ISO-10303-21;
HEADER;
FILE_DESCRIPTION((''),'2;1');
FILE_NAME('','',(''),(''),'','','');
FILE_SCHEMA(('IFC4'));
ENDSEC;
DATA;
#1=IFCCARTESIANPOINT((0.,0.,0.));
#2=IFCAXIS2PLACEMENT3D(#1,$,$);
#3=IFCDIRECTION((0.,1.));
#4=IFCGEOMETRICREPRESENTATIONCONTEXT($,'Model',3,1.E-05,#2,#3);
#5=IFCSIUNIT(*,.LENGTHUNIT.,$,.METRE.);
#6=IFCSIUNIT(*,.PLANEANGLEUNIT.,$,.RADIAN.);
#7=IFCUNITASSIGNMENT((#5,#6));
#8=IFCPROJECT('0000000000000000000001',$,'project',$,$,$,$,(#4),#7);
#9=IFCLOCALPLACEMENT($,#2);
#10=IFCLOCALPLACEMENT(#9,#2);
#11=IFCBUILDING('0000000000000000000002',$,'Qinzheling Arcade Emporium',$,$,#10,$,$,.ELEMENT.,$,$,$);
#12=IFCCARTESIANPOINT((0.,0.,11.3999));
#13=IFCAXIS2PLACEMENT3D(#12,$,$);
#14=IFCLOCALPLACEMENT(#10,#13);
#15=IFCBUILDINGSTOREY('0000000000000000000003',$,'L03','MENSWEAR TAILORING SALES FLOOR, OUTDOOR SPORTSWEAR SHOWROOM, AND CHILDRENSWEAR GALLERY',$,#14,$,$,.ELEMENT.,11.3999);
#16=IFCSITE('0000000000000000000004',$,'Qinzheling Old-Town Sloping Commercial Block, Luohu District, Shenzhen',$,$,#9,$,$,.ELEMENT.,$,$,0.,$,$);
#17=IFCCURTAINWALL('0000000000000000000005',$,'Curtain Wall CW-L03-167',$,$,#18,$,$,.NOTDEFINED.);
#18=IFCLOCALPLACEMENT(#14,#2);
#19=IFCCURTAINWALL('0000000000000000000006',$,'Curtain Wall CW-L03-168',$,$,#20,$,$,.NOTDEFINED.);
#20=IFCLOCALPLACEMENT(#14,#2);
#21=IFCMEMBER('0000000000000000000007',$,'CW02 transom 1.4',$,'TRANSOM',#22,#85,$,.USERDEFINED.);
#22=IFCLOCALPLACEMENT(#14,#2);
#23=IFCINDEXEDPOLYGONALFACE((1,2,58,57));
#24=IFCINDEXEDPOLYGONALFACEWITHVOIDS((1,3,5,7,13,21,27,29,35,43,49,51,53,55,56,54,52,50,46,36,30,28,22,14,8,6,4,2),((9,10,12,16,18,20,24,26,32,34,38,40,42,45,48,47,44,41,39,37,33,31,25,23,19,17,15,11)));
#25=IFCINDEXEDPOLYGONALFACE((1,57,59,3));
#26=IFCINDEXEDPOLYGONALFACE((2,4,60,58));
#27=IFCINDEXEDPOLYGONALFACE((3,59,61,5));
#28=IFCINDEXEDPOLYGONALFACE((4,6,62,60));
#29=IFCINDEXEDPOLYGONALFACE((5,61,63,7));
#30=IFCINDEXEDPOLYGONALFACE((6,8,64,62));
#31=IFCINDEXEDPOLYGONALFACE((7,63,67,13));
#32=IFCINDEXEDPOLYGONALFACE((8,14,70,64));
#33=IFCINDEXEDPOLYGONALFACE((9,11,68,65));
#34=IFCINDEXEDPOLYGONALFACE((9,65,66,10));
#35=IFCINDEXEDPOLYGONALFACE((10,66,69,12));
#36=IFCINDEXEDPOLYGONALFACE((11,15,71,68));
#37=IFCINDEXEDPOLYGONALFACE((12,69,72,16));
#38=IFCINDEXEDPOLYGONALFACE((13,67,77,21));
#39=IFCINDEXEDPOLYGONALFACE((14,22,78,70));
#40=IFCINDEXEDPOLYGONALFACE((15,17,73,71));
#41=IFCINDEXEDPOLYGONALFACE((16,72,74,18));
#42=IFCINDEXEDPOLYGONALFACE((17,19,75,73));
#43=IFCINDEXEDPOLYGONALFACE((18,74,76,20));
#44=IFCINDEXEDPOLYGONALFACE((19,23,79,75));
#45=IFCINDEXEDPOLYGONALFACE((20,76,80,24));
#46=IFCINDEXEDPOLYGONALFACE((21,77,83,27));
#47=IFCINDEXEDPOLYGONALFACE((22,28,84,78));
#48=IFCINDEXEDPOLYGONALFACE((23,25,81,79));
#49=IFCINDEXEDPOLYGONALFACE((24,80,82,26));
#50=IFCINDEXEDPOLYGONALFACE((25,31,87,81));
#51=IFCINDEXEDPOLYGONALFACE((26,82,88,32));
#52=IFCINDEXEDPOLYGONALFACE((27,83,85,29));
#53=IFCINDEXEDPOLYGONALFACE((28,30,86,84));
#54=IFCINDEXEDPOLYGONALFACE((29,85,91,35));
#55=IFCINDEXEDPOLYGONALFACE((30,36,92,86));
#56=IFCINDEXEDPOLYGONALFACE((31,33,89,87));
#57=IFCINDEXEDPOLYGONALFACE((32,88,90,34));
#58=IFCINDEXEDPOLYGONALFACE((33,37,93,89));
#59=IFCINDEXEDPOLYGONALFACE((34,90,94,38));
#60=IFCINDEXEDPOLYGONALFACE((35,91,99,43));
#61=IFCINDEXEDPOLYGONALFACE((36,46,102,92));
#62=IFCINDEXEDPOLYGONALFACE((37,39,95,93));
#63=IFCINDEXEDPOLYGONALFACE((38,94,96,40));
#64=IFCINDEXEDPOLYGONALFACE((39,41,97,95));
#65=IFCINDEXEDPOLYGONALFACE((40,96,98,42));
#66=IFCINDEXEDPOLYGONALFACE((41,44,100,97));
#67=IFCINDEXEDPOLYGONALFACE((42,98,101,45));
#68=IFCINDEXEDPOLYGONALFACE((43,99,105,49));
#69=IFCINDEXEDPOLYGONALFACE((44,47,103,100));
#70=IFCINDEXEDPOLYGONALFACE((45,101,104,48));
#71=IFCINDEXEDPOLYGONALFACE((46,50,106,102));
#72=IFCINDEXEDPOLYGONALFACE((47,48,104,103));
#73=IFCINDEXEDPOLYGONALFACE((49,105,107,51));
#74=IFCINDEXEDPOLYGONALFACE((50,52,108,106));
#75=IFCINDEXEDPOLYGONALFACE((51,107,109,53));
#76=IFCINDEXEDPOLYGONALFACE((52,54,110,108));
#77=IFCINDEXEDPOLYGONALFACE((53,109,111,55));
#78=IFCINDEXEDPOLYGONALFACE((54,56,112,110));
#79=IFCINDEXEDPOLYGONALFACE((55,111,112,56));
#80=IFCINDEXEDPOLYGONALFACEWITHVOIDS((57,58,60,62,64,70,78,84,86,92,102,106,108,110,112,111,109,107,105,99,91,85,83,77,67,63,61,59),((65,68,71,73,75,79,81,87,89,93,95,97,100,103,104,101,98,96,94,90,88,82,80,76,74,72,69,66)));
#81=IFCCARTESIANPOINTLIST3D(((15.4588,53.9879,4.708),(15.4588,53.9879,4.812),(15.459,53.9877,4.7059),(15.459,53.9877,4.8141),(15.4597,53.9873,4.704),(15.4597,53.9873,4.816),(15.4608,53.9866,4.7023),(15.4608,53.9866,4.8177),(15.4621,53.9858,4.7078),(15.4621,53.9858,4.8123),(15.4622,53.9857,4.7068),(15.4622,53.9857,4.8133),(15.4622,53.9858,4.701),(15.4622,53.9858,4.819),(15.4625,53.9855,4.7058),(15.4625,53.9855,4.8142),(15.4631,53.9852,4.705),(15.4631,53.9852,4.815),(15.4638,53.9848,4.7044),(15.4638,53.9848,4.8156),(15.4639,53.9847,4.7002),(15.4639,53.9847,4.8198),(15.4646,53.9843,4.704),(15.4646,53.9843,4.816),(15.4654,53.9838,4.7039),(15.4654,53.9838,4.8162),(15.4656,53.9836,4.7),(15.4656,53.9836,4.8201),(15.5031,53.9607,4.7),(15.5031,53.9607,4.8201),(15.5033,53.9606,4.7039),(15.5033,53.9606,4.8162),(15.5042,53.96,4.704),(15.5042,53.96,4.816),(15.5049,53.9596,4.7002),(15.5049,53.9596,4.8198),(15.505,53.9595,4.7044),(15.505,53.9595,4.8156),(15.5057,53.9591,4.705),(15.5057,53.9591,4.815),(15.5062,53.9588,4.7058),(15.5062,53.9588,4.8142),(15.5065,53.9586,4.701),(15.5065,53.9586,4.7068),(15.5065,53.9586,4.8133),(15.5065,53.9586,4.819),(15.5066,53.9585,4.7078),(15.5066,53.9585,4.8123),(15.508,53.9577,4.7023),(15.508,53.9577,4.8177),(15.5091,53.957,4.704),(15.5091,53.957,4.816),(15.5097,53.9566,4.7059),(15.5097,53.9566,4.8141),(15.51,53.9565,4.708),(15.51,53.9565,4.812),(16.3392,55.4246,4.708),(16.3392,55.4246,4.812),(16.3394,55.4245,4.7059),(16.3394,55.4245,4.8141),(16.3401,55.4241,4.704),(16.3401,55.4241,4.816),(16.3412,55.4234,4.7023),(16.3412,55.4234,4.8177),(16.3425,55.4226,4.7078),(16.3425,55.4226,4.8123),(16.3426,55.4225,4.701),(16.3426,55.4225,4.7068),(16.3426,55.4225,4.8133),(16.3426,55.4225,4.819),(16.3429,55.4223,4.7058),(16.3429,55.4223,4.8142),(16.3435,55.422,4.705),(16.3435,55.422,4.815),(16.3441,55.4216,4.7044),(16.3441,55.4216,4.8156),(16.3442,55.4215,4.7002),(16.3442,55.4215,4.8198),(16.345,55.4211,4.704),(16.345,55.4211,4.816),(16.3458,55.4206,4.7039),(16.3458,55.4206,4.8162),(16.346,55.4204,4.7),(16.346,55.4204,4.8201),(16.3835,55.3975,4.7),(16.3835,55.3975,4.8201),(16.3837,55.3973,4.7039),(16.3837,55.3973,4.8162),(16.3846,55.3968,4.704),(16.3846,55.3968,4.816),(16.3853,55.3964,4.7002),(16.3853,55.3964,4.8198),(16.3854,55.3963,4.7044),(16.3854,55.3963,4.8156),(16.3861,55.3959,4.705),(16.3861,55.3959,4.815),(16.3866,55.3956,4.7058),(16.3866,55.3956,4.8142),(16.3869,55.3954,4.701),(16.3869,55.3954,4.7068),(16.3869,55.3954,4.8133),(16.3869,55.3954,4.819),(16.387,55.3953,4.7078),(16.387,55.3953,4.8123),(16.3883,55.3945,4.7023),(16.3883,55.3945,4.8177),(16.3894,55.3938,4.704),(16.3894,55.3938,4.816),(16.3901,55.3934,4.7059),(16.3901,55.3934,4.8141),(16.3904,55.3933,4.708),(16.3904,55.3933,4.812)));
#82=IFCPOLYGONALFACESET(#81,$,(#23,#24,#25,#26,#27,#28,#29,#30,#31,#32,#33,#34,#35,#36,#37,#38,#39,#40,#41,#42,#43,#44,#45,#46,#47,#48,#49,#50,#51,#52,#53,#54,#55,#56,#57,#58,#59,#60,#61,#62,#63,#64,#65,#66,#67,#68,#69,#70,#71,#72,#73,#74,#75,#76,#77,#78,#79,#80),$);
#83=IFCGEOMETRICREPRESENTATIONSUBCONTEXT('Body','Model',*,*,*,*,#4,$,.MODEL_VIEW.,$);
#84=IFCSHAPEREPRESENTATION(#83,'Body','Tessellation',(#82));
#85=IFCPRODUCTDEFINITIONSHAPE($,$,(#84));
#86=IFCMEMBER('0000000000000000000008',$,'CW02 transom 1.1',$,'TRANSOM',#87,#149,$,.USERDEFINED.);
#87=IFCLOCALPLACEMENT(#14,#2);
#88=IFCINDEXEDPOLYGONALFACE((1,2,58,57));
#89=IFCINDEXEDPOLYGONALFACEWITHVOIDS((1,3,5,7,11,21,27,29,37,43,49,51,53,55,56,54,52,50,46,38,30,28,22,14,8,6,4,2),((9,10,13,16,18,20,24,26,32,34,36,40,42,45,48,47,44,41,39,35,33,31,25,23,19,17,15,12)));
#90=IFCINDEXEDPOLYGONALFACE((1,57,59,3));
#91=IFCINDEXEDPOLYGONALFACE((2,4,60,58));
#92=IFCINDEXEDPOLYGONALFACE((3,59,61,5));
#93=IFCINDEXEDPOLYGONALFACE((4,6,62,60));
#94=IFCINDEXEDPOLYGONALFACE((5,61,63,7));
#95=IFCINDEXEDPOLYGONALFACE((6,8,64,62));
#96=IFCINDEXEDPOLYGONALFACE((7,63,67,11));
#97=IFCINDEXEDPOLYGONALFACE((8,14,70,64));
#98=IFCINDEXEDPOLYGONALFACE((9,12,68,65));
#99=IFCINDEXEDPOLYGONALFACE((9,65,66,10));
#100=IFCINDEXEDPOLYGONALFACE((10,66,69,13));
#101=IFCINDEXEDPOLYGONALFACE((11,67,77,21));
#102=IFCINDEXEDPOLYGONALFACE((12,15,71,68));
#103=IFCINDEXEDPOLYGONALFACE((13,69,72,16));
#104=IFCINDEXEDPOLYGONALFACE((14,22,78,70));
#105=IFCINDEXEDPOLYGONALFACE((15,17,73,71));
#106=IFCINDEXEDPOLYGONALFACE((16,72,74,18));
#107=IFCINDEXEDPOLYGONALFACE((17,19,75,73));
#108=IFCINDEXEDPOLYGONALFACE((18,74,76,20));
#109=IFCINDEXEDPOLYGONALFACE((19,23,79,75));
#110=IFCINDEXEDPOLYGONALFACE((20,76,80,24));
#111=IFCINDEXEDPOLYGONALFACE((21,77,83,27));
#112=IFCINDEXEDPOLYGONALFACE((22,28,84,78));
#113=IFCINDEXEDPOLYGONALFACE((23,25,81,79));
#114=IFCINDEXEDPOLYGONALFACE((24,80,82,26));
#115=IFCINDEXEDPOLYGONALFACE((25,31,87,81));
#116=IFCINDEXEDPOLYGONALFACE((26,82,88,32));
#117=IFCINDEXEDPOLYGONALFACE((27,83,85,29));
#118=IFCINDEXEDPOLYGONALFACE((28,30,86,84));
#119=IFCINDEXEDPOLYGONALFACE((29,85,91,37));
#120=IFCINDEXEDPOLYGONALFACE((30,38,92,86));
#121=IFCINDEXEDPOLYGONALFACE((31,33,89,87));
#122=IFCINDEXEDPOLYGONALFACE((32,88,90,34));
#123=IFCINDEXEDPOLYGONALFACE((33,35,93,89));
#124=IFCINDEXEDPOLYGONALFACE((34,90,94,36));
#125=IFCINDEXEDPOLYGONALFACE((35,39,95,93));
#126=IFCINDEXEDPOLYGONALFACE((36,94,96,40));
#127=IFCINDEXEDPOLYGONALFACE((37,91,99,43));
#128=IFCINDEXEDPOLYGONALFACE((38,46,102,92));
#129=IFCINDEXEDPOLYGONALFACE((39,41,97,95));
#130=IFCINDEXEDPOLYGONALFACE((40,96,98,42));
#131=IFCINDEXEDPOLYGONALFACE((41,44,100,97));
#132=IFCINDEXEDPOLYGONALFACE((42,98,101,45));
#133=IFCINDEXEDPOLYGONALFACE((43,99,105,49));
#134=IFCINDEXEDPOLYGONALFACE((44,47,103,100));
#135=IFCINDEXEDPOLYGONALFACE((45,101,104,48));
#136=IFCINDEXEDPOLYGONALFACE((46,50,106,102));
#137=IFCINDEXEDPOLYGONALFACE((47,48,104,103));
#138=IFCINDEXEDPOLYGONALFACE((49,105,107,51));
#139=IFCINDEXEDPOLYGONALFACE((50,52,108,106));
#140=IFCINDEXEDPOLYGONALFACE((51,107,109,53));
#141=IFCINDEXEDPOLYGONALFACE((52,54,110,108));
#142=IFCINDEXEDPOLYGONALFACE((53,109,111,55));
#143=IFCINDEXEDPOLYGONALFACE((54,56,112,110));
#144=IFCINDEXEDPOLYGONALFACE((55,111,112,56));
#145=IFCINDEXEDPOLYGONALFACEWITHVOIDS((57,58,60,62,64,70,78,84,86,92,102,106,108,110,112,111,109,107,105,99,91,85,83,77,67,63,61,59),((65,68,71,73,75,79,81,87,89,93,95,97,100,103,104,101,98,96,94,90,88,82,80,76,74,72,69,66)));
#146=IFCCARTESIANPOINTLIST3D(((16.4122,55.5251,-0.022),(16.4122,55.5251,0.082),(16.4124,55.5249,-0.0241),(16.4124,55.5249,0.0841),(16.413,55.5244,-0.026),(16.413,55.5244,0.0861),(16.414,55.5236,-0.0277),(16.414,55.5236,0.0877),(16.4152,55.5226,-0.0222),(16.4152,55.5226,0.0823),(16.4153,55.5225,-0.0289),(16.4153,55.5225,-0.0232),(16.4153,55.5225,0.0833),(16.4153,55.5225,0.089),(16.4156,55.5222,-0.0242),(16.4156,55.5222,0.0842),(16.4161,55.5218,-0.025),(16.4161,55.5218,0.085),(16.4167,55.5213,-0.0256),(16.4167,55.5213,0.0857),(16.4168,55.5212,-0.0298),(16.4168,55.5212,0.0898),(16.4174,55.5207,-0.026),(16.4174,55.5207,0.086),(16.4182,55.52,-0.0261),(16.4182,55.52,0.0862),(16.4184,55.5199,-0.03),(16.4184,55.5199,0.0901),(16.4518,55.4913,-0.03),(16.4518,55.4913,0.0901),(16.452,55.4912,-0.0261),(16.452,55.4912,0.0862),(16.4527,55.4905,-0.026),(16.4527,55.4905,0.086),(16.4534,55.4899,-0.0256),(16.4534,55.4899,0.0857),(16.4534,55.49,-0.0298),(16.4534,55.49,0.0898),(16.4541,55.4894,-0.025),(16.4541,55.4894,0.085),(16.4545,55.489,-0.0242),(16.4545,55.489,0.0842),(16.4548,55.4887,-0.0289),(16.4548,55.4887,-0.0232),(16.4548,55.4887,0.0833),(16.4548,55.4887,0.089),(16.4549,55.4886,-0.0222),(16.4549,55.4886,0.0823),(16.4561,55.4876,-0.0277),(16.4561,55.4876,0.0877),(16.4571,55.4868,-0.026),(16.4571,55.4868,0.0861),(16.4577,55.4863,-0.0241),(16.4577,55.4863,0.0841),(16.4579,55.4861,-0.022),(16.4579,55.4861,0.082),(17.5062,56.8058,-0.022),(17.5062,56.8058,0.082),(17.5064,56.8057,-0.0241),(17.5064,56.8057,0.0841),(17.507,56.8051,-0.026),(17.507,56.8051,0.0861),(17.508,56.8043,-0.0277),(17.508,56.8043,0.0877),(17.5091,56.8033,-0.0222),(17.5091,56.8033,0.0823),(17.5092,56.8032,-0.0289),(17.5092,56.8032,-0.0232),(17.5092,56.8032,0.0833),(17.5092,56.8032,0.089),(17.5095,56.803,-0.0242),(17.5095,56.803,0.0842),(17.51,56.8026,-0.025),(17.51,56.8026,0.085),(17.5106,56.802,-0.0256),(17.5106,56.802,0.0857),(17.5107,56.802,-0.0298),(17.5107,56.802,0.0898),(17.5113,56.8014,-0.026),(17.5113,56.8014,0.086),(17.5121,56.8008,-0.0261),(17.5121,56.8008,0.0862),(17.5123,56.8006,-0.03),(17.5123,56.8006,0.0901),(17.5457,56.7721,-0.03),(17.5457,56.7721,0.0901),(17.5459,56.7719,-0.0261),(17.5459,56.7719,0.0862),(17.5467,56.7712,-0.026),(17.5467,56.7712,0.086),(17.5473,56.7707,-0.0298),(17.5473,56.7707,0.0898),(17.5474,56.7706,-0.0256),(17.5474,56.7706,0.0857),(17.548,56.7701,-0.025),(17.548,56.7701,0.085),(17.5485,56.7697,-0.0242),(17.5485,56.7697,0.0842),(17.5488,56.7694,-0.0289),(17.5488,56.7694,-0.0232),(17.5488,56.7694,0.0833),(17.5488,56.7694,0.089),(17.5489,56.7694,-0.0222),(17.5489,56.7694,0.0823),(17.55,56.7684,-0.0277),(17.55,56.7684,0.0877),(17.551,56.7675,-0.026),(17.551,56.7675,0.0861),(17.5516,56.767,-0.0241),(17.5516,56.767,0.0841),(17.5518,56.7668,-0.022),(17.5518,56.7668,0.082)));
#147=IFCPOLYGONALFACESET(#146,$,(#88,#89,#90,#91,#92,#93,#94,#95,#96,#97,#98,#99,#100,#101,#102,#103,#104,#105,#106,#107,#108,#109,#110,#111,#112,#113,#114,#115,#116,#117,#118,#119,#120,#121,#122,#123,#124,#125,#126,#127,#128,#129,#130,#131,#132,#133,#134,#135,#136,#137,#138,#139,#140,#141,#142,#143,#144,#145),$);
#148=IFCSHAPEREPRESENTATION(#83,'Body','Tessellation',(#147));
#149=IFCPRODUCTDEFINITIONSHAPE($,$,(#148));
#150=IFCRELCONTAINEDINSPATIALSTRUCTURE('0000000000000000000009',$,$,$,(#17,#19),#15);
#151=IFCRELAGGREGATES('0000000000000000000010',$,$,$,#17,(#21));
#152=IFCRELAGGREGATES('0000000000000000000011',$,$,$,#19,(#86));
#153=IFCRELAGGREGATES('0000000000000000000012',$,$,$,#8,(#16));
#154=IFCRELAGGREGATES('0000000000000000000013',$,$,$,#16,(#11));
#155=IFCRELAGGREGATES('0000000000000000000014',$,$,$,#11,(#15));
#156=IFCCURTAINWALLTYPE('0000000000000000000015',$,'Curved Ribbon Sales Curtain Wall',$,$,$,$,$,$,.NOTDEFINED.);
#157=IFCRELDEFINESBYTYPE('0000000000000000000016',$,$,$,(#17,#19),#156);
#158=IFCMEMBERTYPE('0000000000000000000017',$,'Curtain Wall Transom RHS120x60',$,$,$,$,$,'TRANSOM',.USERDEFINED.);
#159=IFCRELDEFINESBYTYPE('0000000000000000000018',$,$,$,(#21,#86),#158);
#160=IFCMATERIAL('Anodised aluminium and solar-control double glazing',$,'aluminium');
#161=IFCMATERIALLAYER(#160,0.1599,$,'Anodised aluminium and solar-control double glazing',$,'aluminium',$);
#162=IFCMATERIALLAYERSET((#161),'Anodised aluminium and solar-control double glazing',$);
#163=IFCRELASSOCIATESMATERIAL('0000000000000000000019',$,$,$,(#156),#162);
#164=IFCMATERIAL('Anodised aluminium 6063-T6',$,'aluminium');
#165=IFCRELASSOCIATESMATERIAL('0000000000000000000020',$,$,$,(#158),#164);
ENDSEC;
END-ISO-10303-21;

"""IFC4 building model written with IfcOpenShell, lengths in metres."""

from ifc_helpers import new_model, si_unit, direction, frame, origin, origin_2d, place, context, subcontext, project, spatial, hollow_rectangle, extrude, material, layer, layer_set, material_profile, profile_set, type_object, element, aggregate, save


model = new_model("IFC4")

# Units and contexts
model_context = context("Model", 3, precision=1e-05, world=origin(), true_north=direction((0.0, 1.0)))
body_context = subcontext(model_context, "Body", "Model", "MODEL_VIEW")
ifc_project = project(units=[si_unit("LENGTHUNIT", "METRE"), si_unit("PLANEANGLEUNIT", "RADIAN")], contexts=[model_context])

# Site, building, storey
site_placement = place(None, origin())
site = spatial("IfcSite", under=ifc_project, at=site_placement, Name="Qinzheling Old-Town Sloping Commercial Block, Luohu District, Shenzhen", CompositionType="ELEMENT", RefElevation=0.0)
building_placement = place(site_placement, origin())
building = spatial("IfcBuilding", under=site, at=building_placement, Name="Qinzheling Arcade Emporium", CompositionType="ELEMENT")
storey_placement = place(building_placement, frame((0.0, 0.0, 11.3999)))
storey = spatial("IfcBuildingStorey", under=building, at=storey_placement, Name="L03", Description="MENSWEAR TAILORING SALES FLOOR, OUTDOOR SPORTSWEAR SHOWROOM, AND CHILDRENSWEAR GALLERY", CompositionType="ELEMENT", Elevation=11.3999)

# Shared definitions
ifc_material_1 = material(Name="Anodised aluminium and solar-control double glazing", Category="aluminium")
ifc_layer_1 = layer(ifc_material_1, 0.1599, Name="Anodised aluminium and solar-control double glazing", Category="aluminium")
ifc_layer_set_1 = layer_set([ifc_layer_1], Name="Anodised aluminium and solar-control double glazing")
curtain_wall_type = type_object("IfcCurtainWallType", Name="Curved Ribbon Sales Curtain Wall", PredefinedType="NOTDEFINED", material=ifc_layer_set_1)
ifc_material_2 = material(Name="Anodised aluminium 6063-T6", Category="aluminium")

# Curtain walls
curtain_wall_1_placement = place(storey_placement, origin())
curtain_wall_1 = element("IfcCurtainWall", 1, at=curtain_wall_1_placement, inside=storey, type_object=curtain_wall_type, Name="Curtain Wall CW-L03-167", PredefinedType="NOTDEFINED")
curtain_wall_2_placement = place(storey_placement, origin())
curtain_wall_2 = element("IfcCurtainWall", 2, at=curtain_wall_2_placement, inside=storey, type_object=curtain_wall_type, Name="Curtain Wall CW-L03-168", PredefinedType="NOTDEFINED")

# Members
ifc_material_profile_1 = material_profile(ifc_material_2, hollow_rectangle(XDim=0.0601, YDim=0.1201, WallThickness=0.0039, InnerFilletRadius=0.0039, OuterFilletRadius=0.0081, at=origin_2d()), Name="RHS 120x60x4", Category="aluminium")
ifc_profile_set_1 = profile_set([ifc_material_profile_1], Name="Anodised aluminium 6063-T6")
member_type_1 = type_object("IfcMemberType", Name="Curtain Wall Transom RHS120x60", ElementType="TRANSOM", PredefinedType="USERDEFINED", material=ifc_profile_set_1)
member_1_placement = place(storey_placement, frame((15.4844, 53.9722, 4.76), z_axis=(0.522464, 0.852662, 0.0), x_axis=(-0.852662, 0.522464, 0.0)))
member_1 = element("IfcMember", 3, at=member_1_placement, type_object=member_type_1, Name="CW02 transom 1.4", ObjectType="TRANSOM", PredefinedType="USERDEFINED", context=body_context, shape_type="SweptSolid", body=[
    extrude(hollow_rectangle(XDim=0.0601, YDim=0.1201, WallThickness=0.0039, InnerFilletRadius=0.0039, OuterFilletRadius=0.0081, at=origin_2d()), origin(), (0.0, 0.0, 1.0), 1.6851),
])
member_2_placement = place(storey_placement, frame((16.4351, 55.5056, 0.03), z_axis=(0.649489, 0.760371, 0.0), x_axis=(-0.760371, 0.649489, 0.0)))
member_2 = element("IfcMember", 4, at=member_2_placement, type_object=member_type_1, Name="CW02 transom 1.1", ObjectType="TRANSOM", PredefinedType="USERDEFINED", context=body_context, shape_type="SweptSolid", body=[
    extrude(hollow_rectangle(XDim=0.0601, YDim=0.1201, WallThickness=0.0039, InnerFilletRadius=0.0039, OuterFilletRadius=0.0081, at=origin_2d()), origin(), (0.0, 0.0, 1.0), 1.6843),
])

aggregate(curtain_wall_1, [member_1])
aggregate(curtain_wall_2, [member_2])

save(model, "model.ifc")
